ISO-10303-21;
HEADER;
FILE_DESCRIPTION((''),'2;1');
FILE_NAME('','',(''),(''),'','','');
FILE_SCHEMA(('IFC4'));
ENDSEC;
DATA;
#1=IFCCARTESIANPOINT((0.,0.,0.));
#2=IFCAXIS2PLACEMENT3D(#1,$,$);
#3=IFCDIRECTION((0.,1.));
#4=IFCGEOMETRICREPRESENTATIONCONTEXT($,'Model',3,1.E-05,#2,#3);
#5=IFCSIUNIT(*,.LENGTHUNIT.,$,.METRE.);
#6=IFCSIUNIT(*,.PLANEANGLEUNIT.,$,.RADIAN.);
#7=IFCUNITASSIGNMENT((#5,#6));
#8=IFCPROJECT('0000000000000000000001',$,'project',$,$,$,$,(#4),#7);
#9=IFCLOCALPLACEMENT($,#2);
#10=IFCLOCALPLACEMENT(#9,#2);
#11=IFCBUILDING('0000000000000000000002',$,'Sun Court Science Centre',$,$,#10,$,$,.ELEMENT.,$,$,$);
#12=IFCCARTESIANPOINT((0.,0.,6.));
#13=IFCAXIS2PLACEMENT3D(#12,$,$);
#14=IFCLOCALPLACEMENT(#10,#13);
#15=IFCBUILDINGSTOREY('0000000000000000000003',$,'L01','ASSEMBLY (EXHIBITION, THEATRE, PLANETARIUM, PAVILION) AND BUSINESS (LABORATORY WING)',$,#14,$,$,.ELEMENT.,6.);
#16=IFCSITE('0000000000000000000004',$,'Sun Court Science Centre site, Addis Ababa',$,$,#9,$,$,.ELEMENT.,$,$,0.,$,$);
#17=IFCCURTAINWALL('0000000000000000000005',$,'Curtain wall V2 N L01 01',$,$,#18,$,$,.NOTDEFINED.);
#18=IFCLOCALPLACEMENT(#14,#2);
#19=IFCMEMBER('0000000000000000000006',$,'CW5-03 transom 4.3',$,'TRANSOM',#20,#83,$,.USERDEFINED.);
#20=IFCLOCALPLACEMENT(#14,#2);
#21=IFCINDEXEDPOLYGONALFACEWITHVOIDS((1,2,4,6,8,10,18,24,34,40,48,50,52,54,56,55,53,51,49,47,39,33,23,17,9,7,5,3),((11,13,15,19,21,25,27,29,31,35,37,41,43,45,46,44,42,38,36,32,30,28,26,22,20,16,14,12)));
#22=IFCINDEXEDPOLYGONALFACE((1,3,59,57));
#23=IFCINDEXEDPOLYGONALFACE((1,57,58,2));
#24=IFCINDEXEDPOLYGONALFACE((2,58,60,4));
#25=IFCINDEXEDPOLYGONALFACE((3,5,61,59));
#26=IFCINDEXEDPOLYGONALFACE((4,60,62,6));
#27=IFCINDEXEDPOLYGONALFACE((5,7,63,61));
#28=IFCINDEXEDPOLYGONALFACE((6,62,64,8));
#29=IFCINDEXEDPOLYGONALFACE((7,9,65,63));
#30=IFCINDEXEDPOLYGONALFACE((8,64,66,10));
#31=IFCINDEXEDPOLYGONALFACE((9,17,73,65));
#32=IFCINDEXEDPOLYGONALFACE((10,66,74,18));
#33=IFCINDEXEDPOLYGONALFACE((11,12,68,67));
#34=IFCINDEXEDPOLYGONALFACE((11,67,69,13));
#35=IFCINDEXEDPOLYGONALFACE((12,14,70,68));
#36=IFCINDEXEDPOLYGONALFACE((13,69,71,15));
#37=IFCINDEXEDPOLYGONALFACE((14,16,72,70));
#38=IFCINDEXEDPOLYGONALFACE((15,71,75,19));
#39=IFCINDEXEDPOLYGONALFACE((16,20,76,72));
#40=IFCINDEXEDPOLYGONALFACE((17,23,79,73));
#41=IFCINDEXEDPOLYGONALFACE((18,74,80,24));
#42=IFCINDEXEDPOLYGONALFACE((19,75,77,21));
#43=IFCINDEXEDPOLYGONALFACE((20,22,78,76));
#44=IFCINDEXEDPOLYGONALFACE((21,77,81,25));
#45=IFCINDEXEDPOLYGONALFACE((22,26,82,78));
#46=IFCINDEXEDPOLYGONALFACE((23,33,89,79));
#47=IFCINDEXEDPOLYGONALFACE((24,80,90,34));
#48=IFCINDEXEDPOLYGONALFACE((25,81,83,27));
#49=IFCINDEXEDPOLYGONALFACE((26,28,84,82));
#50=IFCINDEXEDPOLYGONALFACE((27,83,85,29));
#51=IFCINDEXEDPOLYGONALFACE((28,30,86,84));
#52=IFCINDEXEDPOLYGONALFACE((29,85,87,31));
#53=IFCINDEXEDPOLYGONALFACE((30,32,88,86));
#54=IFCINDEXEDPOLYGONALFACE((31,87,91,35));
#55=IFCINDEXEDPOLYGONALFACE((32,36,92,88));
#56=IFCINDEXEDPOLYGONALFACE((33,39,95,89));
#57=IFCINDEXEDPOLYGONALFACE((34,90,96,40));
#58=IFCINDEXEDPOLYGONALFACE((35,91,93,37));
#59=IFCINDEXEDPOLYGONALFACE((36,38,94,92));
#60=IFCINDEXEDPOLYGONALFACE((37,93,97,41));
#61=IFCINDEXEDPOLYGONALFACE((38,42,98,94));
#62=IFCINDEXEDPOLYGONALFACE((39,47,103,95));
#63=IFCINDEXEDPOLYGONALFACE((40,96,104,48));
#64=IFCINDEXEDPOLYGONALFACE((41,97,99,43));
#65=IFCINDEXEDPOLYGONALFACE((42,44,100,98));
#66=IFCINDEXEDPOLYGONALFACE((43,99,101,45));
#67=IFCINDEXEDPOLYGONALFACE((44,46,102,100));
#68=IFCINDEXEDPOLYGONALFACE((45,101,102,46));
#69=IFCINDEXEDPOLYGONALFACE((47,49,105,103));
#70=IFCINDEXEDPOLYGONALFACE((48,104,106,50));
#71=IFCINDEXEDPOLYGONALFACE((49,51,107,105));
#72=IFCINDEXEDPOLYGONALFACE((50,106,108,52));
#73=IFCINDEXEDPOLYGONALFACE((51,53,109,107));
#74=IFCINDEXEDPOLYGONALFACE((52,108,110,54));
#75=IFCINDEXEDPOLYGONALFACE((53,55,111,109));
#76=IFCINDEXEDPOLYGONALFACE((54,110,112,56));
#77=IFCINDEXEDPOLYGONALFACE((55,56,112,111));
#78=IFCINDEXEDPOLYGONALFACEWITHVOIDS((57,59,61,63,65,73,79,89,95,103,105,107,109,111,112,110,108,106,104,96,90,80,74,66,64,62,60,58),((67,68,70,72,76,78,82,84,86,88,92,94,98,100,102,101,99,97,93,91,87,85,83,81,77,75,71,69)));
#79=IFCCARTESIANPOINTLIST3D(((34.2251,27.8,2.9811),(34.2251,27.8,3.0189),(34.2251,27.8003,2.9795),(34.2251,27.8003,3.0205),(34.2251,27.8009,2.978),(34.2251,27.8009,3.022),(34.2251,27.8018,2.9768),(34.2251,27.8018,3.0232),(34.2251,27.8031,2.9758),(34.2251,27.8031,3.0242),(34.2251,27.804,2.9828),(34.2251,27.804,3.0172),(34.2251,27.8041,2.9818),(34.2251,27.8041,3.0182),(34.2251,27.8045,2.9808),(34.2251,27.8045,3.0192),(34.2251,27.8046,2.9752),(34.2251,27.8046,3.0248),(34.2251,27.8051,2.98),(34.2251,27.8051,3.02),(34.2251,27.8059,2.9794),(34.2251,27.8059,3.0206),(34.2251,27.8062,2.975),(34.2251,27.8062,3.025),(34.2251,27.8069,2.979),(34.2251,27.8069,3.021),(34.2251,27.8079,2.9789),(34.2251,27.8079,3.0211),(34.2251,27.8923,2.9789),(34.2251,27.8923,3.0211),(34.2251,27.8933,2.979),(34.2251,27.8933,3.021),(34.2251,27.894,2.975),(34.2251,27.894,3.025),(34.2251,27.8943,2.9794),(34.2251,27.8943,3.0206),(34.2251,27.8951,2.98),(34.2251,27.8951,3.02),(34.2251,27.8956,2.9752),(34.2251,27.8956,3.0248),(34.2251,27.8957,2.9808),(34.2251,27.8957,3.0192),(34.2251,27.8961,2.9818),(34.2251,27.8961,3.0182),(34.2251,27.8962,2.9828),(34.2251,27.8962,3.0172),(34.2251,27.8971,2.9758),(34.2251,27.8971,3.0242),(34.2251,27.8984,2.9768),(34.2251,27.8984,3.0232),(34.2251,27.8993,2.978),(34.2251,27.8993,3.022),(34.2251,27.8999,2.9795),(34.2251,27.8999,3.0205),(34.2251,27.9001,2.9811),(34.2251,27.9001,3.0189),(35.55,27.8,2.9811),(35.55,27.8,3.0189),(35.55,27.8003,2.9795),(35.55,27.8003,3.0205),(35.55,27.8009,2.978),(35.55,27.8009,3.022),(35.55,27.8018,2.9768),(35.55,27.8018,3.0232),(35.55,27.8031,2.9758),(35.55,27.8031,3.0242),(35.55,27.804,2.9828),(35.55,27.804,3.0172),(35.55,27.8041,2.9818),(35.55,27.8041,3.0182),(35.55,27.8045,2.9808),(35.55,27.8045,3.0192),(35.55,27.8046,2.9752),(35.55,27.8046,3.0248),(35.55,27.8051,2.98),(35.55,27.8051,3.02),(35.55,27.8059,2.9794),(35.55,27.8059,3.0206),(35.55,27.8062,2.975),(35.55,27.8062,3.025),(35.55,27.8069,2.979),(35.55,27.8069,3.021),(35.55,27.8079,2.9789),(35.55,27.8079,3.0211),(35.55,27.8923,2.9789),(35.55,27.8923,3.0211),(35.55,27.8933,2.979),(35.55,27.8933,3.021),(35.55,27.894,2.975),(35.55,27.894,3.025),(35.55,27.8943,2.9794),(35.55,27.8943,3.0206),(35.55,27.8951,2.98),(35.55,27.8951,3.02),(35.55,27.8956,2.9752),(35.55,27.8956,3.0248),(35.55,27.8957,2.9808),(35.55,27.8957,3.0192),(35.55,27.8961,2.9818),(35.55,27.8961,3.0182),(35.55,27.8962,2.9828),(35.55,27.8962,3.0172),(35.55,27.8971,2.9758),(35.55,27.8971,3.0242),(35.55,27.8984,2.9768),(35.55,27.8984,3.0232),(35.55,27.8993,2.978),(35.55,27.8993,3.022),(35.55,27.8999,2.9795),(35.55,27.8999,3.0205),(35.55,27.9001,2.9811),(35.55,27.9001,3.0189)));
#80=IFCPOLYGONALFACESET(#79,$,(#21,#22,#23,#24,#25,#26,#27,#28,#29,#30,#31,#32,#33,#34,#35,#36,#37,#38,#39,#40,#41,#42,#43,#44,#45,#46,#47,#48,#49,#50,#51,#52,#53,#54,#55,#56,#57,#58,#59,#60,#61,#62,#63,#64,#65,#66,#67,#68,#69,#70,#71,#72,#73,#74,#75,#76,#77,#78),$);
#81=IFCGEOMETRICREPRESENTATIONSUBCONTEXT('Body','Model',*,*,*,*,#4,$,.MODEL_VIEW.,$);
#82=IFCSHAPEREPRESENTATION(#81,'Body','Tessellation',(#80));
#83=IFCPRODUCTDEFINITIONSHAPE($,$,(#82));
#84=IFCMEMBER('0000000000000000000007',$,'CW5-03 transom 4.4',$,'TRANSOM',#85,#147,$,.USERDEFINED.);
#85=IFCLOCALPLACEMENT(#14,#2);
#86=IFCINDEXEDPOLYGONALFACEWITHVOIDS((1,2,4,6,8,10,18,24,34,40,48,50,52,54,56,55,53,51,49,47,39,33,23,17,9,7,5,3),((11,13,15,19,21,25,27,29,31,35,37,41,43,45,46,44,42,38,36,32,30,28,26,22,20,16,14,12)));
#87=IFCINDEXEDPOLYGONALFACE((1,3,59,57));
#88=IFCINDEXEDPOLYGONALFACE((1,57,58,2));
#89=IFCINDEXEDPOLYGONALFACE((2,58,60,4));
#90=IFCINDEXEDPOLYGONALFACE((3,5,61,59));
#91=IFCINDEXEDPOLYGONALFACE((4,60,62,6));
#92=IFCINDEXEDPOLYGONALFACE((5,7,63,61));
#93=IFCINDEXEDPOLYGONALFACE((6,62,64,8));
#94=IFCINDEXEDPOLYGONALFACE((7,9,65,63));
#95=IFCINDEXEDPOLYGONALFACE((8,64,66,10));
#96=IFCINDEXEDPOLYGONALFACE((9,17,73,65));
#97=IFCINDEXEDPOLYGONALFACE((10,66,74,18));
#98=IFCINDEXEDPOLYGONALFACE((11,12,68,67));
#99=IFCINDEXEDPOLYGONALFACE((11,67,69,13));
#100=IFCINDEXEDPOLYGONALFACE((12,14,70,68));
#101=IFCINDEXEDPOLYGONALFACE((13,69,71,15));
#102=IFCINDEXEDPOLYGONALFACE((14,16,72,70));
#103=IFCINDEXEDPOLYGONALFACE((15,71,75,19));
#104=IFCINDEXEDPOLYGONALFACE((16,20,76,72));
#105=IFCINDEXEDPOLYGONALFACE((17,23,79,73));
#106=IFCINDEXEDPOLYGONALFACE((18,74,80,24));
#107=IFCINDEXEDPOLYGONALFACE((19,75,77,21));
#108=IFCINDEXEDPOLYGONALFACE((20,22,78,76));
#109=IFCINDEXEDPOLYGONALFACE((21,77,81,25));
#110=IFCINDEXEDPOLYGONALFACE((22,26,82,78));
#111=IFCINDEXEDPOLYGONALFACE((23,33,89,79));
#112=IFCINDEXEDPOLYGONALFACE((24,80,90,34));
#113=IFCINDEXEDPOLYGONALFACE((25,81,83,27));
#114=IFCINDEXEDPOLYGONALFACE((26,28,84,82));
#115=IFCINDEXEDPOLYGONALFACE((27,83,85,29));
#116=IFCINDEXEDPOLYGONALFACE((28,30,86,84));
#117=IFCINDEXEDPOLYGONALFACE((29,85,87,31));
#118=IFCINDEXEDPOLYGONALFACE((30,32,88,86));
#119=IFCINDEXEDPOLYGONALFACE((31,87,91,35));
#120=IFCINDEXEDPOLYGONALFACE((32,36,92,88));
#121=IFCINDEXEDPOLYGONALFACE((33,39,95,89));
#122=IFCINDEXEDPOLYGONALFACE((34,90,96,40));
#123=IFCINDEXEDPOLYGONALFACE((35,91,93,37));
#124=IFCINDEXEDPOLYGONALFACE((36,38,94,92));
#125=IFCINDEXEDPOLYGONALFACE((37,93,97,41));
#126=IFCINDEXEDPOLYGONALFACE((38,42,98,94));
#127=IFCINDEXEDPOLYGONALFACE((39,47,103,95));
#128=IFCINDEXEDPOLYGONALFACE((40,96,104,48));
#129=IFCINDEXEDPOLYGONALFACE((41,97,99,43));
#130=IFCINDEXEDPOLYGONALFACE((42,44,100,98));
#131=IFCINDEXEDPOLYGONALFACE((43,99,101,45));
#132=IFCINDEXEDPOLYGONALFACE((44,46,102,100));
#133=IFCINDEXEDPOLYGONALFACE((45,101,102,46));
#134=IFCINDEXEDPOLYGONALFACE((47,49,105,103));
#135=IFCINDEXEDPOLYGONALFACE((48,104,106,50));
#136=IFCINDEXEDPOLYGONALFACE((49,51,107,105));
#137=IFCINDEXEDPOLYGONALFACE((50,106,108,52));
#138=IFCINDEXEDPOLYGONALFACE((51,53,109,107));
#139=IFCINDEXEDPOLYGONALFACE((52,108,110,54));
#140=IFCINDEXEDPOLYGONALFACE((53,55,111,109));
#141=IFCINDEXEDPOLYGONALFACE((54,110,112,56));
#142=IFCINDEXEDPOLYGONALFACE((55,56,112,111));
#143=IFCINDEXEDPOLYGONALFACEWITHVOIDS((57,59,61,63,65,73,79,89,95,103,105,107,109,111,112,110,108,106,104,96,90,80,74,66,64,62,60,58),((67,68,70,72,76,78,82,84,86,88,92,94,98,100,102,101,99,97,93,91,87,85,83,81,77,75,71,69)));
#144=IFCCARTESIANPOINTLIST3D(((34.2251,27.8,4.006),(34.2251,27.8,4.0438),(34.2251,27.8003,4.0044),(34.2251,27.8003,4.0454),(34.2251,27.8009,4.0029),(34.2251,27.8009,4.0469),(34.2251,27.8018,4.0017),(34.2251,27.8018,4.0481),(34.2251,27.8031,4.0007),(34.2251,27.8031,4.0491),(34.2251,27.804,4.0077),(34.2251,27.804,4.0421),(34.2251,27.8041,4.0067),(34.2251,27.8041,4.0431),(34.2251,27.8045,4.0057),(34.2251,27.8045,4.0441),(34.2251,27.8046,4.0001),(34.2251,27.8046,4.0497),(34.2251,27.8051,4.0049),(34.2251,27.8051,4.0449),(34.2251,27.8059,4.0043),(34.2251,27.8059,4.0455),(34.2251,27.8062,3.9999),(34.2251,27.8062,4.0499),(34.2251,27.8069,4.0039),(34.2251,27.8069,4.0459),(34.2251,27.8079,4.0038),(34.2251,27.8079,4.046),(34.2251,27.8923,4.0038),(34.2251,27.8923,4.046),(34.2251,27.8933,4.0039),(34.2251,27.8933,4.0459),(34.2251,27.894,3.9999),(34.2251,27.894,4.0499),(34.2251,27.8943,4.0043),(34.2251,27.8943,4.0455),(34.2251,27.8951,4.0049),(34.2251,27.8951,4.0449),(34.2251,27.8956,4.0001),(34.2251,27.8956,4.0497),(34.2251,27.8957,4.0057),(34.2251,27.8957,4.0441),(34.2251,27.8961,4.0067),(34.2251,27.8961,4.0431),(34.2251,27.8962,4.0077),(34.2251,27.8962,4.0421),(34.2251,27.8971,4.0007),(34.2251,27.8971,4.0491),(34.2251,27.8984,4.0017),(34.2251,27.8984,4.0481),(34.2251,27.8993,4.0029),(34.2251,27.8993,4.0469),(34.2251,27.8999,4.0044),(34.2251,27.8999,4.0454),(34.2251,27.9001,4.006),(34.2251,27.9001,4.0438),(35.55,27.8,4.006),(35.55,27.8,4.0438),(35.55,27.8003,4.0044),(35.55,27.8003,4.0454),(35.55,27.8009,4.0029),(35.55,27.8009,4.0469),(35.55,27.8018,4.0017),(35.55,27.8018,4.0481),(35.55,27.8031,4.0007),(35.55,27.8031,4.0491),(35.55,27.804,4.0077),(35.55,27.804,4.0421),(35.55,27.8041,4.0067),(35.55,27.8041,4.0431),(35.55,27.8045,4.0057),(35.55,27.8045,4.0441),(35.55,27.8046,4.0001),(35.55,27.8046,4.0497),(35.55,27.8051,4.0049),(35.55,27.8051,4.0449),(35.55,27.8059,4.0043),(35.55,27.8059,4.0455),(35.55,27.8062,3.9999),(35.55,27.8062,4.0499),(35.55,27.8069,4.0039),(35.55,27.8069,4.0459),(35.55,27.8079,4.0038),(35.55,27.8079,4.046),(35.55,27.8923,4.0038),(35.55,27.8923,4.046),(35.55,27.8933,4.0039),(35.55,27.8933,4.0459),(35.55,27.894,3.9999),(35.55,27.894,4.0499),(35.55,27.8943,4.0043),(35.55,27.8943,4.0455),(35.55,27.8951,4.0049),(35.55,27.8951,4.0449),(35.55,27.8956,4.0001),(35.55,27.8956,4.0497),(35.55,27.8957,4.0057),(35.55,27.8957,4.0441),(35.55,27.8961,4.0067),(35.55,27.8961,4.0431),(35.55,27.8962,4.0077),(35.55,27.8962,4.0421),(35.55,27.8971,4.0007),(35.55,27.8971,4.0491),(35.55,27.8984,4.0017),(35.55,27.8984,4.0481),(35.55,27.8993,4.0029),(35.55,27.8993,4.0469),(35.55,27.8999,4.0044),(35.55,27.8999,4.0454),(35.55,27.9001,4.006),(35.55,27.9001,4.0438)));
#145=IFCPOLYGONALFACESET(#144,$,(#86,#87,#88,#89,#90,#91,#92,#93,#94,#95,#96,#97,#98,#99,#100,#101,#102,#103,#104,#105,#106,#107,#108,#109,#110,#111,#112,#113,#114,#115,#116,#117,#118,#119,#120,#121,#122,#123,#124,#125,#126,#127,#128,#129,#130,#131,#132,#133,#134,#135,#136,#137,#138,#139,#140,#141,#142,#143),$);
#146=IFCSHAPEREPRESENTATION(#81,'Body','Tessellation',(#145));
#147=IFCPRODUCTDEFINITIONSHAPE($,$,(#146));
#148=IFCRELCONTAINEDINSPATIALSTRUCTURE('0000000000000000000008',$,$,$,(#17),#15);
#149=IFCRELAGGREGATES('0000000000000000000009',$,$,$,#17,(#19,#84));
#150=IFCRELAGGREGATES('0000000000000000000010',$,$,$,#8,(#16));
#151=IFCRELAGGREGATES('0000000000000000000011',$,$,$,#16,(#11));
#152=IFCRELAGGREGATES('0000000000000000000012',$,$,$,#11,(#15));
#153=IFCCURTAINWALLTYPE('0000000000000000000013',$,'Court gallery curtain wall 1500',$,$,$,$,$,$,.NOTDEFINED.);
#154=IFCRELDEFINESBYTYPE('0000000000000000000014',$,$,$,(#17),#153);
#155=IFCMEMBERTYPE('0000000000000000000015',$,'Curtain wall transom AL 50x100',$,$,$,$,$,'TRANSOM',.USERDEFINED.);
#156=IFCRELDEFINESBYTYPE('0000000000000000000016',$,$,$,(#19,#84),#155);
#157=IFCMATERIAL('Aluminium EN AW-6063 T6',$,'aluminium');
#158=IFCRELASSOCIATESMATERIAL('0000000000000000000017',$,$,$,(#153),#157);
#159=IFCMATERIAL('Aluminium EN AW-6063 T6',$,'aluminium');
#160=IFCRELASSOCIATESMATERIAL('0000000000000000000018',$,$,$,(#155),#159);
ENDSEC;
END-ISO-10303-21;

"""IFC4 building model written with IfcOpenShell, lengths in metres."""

from ifc_helpers import new_model, si_unit, direction, frame, origin, origin_2d, place, context, subcontext, project, spatial, hollow_rectangle, extrude, material, material_profile, profile_set, type_object, element, aggregate, save


model = new_model("IFC4")

# Units and contexts
model_context = context("Model", 3, precision=1e-05, world=origin(), true_north=direction((0.0, 1.0)))
body_context = subcontext(model_context, "Body", "Model", "MODEL_VIEW")
ifc_project = project(units=[si_unit("LENGTHUNIT", "METRE"), si_unit("PLANEANGLEUNIT", "RADIAN")], contexts=[model_context])

# Site, building, storey
site_placement = place(None, origin())
site = spatial("IfcSite", under=ifc_project, at=site_placement, Name="Sun Court Science Centre site, Addis Ababa", CompositionType="ELEMENT", RefElevation=0.0)
building_placement = place(site_placement, origin())
building = spatial("IfcBuilding", under=site, at=building_placement, Name="Sun Court Science Centre", CompositionType="ELEMENT")
storey_placement = place(building_placement, frame((0.0, 0.0, 6.0)))
storey = spatial("IfcBuildingStorey", under=building, at=storey_placement, Name="L01", Description="ASSEMBLY (EXHIBITION, THEATRE, PLANETARIUM, PAVILION) AND BUSINESS (LABORATORY WING)", CompositionType="ELEMENT", Elevation=6.0)

# Curtain wall
ifc_material_1 = material(Name="Aluminium EN AW-6063 T6", Category="aluminium")
curtain_wall_type_1 = type_object("IfcCurtainWallType", Name="Court gallery curtain wall 1500", PredefinedType="NOTDEFINED", material=ifc_material_1)
curtain_wall_1_placement = place(storey_placement, origin())
curtain_wall_1 = element("IfcCurtainWall", 1, at=curtain_wall_1_placement, inside=storey, type_object=curtain_wall_type_1, Name="Curtain wall V2 N L01 01", PredefinedType="NOTDEFINED")

# Members
ifc_material_2 = material(Name="Aluminium EN AW-6063 T6", Category="aluminium")
ifc_material_profile_1 = material_profile(ifc_material_2, hollow_rectangle(XDim=0.05, YDim=0.1001, WallThickness=0.0039, InnerFilletRadius=0.0039, OuterFilletRadius=0.0061, at=origin_2d()), Name="AL 50x100x4")
ifc_profile_set_1 = profile_set([ifc_material_profile_1], Name="Aluminium EN AW-6063 T6")
member_type_1 = type_object("IfcMemberType", Name="Curtain wall transom AL 50x100", ElementType="TRANSOM", PredefinedType="USERDEFINED", material=ifc_profile_set_1)
member_1_placement = place(storey_placement, frame((34.2251, 27.8501, 3.0), z_axis=(1.0, 0.0, 0.0), x_axis=(0.0, 0.0, 1.0)))
member_1 = element("IfcMember", 2, at=member_1_placement, type_object=member_type_1, Name="CW5-03 transom 4.3", ObjectType="TRANSOM", PredefinedType="USERDEFINED", context=body_context, shape_type="SweptSolid", body=[
    extrude(hollow_rectangle(XDim=0.05, YDim=0.1001, WallThickness=0.0039, InnerFilletRadius=0.0039, OuterFilletRadius=0.0061, at=origin_2d()), origin(), (0.0, 0.0, 1.0), 1.325),
])
member_2_placement = place(storey_placement, frame((34.2251, 27.8501, 4.0249), z_axis=(1.0, 0.0, 0.0), x_axis=(0.0, 0.0, 1.0)))
member_2 = element("IfcMember", 3, at=member_2_placement, type_object=member_type_1, Name="CW5-03 transom 4.4", ObjectType="TRANSOM", PredefinedType="USERDEFINED", context=body_context, shape_type="SweptSolid", body=[
    extrude(hollow_rectangle(XDim=0.05, YDim=0.1001, WallThickness=0.0039, InnerFilletRadius=0.0039, OuterFilletRadius=0.0061, at=origin_2d()), origin(), (0.0, 0.0, 1.0), 1.325),
])

aggregate(curtain_wall_1, [member_1, member_2])

save(model, "model.ifc")
